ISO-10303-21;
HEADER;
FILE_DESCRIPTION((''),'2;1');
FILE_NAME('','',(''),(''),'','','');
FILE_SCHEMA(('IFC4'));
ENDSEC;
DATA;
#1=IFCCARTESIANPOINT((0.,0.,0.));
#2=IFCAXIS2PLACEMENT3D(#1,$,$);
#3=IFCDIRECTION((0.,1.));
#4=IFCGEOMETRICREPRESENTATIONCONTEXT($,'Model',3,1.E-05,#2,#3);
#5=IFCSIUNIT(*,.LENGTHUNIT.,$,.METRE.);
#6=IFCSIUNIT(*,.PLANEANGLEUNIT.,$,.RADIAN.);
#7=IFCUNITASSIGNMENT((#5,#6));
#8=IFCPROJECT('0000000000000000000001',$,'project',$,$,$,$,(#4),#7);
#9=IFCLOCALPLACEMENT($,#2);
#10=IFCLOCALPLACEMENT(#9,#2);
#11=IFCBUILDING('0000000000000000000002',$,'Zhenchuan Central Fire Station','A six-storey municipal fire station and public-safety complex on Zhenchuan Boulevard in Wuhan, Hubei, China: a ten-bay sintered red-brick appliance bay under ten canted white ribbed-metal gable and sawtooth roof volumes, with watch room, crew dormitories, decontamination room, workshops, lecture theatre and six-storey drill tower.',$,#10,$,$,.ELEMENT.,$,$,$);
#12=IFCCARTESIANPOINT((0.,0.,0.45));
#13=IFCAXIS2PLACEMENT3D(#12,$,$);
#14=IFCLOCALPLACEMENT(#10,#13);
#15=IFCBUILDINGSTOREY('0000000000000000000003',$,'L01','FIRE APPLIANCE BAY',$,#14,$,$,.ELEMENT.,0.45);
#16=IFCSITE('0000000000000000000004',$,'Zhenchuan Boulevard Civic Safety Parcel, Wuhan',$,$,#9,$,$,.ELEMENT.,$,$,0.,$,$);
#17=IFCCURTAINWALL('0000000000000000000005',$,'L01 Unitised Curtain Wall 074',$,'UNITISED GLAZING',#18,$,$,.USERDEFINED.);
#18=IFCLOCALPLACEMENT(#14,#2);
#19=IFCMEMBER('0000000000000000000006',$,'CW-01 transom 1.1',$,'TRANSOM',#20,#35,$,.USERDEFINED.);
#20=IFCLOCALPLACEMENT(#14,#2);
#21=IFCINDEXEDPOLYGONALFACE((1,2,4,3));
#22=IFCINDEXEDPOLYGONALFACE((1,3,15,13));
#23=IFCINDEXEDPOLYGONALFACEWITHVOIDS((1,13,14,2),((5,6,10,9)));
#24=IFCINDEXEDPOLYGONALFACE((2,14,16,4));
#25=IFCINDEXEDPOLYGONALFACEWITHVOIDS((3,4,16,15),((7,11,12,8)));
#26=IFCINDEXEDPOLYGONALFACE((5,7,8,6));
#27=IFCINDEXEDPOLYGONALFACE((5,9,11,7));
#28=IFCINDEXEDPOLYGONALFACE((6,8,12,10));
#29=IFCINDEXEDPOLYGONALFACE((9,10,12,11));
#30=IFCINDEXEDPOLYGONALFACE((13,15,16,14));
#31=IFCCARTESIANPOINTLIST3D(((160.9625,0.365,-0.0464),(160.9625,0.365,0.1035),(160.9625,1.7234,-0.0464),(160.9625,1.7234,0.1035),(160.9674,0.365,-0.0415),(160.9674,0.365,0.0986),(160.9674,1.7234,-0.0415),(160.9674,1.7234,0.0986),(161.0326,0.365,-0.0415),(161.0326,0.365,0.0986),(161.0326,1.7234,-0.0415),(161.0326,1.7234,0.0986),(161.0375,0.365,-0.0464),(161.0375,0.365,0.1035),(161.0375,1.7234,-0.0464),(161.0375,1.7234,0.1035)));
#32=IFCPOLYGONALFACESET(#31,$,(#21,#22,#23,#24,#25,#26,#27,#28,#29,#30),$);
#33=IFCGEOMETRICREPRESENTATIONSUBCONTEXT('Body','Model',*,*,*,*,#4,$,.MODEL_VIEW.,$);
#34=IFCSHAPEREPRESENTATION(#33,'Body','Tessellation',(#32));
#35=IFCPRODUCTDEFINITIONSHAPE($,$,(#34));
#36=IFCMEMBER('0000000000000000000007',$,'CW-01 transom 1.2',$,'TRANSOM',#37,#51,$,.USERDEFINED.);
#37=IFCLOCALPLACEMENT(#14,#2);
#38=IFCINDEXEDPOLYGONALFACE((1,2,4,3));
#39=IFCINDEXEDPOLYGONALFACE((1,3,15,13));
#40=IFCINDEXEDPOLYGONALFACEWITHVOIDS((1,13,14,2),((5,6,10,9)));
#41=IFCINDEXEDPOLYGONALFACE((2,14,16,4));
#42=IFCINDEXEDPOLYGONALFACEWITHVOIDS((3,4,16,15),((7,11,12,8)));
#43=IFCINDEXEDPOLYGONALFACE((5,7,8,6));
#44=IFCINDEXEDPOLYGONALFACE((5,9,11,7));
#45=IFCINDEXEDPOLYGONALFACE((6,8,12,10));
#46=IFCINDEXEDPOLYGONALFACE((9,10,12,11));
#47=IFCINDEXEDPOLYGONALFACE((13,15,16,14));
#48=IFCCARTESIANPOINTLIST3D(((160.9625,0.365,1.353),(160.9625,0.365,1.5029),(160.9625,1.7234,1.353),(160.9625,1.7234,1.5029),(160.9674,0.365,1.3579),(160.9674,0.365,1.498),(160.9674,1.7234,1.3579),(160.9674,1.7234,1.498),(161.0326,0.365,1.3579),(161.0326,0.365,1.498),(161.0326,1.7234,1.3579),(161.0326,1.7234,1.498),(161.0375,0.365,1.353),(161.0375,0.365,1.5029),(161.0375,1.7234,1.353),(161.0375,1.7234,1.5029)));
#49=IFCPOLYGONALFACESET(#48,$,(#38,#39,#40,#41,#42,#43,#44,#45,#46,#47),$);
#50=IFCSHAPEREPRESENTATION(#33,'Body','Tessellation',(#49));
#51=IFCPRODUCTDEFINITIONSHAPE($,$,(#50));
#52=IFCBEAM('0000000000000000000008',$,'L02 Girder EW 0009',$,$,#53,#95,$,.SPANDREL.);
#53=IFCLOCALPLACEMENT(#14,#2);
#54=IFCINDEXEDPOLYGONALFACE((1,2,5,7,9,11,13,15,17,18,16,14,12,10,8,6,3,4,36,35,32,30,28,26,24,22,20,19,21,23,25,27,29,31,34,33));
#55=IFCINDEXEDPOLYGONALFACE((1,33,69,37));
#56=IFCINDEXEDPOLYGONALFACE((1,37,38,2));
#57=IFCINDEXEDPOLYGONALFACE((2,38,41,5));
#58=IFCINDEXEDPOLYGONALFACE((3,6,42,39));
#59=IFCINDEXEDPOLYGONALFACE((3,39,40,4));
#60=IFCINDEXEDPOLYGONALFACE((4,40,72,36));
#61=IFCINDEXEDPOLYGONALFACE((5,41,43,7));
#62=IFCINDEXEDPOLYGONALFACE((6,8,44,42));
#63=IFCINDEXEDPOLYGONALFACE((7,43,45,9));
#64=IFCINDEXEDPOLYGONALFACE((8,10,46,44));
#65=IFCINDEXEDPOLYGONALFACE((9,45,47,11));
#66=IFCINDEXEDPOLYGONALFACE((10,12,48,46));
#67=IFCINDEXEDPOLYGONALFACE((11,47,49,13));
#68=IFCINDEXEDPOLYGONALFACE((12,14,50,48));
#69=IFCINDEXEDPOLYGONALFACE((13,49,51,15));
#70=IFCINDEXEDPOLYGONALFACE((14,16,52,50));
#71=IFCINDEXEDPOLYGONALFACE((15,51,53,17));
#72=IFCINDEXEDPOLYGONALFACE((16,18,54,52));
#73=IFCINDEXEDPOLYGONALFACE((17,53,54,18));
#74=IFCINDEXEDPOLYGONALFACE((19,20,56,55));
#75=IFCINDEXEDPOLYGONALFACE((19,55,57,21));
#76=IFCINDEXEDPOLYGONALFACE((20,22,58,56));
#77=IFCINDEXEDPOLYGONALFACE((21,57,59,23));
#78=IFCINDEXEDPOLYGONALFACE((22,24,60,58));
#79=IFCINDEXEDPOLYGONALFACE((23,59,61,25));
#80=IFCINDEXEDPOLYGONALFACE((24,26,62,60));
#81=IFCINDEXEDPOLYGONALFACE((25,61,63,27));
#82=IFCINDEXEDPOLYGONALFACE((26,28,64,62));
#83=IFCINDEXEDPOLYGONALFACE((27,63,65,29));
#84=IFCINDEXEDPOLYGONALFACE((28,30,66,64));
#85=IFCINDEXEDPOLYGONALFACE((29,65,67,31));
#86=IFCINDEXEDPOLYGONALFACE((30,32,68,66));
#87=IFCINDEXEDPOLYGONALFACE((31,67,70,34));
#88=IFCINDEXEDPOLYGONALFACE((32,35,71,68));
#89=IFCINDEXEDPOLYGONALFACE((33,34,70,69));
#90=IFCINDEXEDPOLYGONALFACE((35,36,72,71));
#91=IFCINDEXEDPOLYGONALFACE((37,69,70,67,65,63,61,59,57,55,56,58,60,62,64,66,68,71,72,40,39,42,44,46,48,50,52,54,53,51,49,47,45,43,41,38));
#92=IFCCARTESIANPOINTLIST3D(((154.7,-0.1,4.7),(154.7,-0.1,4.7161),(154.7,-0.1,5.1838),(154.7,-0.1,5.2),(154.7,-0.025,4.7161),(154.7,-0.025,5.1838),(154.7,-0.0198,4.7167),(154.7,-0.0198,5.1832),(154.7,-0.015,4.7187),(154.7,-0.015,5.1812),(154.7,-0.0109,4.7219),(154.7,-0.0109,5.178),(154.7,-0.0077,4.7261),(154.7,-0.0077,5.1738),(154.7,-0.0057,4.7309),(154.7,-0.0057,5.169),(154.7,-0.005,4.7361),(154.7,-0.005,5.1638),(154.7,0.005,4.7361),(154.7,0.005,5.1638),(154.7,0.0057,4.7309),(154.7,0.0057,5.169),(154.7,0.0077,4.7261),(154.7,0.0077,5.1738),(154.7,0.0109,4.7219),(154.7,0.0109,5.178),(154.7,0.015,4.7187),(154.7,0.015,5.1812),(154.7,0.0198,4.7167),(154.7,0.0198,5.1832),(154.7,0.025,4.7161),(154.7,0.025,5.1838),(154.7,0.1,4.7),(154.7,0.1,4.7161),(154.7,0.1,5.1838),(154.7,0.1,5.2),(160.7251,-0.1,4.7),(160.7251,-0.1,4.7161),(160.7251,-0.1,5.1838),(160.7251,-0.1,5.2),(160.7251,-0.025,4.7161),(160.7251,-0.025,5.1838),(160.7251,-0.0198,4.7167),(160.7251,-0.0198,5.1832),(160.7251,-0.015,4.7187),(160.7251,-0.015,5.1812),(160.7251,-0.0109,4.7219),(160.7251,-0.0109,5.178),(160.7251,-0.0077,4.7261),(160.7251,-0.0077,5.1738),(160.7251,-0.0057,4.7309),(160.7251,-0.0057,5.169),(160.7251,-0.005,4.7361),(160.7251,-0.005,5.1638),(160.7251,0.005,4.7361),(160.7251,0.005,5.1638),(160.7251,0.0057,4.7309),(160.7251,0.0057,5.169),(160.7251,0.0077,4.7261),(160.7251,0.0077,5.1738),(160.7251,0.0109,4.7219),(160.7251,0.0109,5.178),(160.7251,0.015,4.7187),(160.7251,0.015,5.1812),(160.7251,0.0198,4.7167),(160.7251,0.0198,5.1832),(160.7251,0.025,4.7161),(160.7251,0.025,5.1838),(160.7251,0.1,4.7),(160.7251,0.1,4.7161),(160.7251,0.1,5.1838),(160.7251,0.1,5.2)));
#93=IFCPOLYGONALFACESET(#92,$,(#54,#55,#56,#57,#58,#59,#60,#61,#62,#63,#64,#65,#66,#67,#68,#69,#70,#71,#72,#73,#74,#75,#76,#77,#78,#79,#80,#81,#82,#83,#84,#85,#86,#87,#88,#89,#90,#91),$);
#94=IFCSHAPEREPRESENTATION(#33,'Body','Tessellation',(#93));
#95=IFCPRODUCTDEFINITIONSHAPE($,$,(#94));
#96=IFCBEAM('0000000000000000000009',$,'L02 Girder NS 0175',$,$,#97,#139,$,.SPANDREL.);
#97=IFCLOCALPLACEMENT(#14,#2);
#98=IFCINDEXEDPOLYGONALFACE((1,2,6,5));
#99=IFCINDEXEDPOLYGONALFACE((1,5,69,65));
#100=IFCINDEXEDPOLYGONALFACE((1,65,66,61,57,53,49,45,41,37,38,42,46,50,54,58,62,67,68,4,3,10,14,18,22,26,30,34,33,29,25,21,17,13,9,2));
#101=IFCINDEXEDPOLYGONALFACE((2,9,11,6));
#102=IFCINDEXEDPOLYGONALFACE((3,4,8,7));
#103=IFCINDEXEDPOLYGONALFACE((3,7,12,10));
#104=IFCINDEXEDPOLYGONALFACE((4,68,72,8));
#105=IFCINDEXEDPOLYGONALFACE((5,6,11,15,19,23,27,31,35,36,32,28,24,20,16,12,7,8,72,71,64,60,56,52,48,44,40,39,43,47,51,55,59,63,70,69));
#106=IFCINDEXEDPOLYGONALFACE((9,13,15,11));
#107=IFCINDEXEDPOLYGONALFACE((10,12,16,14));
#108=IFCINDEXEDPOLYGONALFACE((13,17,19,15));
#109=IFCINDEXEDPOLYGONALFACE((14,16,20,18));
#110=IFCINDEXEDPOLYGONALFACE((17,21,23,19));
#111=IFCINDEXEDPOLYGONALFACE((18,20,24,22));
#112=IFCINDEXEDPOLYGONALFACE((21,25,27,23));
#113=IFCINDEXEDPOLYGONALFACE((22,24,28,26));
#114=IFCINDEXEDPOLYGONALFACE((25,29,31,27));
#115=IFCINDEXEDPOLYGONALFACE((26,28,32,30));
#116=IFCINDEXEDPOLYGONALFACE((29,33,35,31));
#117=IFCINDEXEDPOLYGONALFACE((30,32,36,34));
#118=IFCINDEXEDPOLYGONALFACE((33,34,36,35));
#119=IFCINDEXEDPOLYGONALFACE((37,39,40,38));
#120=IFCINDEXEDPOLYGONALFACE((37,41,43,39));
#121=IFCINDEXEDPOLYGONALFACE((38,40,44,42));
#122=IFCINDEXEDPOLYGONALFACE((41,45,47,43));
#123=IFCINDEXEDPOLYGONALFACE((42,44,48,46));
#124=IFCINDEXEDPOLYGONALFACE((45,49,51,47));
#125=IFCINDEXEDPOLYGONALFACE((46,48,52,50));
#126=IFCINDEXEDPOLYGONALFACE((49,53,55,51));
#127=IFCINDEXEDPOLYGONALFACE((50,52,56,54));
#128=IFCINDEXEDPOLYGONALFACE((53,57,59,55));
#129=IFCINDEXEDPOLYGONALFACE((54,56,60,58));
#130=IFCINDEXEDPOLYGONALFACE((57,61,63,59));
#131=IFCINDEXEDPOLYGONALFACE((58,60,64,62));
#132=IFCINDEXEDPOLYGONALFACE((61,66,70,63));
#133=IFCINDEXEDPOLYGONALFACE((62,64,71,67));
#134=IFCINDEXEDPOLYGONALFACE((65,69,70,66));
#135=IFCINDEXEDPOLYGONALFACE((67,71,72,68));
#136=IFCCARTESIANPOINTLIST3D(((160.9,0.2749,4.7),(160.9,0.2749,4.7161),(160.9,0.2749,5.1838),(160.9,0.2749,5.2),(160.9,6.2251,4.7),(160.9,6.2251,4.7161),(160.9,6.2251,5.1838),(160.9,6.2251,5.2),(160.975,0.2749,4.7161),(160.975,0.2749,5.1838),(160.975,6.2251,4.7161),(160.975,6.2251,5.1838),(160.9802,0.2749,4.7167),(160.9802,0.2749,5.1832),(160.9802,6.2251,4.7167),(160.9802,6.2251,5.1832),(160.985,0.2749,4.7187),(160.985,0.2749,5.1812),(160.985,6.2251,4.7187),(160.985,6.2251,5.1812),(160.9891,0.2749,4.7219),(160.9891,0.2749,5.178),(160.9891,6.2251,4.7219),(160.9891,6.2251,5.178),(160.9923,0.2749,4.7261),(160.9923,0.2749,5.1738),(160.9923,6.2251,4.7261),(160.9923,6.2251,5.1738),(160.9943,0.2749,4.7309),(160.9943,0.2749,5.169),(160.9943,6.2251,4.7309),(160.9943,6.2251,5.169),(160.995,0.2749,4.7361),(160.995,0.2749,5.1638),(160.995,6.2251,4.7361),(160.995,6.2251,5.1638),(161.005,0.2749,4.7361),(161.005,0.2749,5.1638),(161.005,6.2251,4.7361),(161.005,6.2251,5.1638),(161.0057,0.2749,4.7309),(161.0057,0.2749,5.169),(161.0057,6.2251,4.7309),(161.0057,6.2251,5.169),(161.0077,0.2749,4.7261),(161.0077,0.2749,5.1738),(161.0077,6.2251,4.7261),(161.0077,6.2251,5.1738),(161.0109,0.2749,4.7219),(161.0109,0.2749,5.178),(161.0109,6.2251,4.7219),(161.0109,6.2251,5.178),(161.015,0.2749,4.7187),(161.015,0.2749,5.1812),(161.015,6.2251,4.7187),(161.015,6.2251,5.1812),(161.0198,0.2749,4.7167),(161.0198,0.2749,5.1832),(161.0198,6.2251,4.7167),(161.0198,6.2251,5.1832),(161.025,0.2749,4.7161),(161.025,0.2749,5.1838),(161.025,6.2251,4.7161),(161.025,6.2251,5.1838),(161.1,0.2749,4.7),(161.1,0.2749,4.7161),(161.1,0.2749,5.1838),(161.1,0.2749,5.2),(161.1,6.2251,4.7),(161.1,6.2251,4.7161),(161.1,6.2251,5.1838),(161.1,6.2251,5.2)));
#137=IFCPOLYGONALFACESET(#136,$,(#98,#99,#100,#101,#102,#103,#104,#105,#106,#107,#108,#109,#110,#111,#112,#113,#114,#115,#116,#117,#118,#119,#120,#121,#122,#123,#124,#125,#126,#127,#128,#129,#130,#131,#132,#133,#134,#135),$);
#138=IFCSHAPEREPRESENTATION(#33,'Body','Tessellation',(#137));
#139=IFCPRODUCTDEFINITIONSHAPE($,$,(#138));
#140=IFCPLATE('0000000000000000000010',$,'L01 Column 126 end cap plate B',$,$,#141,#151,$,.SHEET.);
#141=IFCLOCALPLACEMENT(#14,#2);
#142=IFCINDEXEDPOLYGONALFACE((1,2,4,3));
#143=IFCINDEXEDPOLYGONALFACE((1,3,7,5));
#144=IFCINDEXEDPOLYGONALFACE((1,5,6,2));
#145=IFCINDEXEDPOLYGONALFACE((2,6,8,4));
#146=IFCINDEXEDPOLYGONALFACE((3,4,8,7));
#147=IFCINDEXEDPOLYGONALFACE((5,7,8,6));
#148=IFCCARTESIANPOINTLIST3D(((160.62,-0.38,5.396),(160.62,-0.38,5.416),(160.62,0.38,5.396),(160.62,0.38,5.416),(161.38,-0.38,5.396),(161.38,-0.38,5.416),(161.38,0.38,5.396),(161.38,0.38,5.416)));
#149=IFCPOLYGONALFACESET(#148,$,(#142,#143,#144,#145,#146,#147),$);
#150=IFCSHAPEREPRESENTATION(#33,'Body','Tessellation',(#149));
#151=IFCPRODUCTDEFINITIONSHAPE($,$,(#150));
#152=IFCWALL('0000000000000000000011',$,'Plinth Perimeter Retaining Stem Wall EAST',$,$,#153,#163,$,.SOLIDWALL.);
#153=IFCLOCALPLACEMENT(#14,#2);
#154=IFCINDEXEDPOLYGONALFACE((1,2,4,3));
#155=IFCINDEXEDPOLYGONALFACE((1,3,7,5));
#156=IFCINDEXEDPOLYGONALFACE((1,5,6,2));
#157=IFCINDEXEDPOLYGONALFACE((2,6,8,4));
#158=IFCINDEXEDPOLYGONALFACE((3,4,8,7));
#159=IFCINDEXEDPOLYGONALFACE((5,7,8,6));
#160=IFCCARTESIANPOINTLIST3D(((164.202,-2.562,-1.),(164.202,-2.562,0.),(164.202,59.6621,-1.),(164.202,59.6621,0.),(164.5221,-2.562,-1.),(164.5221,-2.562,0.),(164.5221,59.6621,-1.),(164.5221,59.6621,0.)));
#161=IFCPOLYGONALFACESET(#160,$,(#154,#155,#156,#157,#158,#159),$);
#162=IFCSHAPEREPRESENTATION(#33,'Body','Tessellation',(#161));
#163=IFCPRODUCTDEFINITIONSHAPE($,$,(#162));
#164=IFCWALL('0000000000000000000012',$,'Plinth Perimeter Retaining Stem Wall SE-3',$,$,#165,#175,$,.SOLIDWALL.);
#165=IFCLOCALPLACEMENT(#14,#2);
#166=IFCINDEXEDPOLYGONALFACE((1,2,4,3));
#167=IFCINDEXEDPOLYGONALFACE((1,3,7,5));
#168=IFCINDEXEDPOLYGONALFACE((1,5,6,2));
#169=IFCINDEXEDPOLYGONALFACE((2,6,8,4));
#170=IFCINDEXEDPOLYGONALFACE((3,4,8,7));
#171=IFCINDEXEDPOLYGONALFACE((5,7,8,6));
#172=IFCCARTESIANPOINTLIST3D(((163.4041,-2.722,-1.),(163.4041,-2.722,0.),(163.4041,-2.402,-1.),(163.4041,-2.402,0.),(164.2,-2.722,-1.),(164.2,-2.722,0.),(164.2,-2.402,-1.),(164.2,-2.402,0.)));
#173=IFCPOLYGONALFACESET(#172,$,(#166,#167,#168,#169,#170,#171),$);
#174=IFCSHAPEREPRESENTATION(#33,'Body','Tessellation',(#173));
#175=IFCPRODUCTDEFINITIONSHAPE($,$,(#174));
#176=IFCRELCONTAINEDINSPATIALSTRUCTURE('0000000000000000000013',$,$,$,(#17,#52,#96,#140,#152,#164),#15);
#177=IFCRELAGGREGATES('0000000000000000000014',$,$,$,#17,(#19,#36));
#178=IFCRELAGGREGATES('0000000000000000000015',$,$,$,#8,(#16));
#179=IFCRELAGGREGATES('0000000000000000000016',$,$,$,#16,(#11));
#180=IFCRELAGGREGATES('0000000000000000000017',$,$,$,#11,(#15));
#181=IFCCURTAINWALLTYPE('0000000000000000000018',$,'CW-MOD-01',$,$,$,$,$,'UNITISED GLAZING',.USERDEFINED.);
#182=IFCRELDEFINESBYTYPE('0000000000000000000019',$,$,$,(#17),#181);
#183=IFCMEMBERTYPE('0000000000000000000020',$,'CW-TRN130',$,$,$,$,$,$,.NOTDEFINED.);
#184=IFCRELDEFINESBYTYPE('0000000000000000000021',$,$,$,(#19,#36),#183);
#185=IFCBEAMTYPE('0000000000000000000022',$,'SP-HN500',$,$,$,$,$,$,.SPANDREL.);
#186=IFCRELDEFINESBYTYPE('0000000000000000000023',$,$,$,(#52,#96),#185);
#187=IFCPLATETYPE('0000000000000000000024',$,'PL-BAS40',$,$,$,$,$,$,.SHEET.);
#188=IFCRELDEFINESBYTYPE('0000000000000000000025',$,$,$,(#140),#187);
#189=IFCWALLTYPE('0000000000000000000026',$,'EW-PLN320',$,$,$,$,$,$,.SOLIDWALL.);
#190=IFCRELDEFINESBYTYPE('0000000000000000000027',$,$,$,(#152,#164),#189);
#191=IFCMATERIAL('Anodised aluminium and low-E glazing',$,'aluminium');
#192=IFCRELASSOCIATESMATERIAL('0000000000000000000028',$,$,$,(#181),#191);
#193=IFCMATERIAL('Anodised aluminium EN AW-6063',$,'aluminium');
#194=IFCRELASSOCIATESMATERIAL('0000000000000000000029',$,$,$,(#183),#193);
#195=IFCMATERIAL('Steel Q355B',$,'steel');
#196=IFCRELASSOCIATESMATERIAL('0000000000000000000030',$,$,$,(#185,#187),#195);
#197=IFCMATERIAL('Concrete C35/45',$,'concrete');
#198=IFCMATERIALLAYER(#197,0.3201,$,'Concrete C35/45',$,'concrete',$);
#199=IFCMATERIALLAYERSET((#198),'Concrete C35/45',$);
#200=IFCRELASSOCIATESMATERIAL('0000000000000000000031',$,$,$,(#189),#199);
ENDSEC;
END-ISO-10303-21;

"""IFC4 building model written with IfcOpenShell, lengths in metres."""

from ifc_helpers import new_model, si_unit, direction, frame, frame_2d, origin, origin_2d, place, context, subcontext, project, spatial, rectangle, hollow_rectangle, i_section, extrude, material, layer, layer_set, material_profile, profile_set, type_object, element, aggregate, save


model = new_model("IFC4")

# Units and contexts
model_context = context("Model", 3, precision=1e-05, world=origin(), true_north=direction((0.0, 1.0)))
body_context = subcontext(model_context, "Body", "Model", "MODEL_VIEW")
ifc_project = project(units=[si_unit("LENGTHUNIT", "METRE"), si_unit("PLANEANGLEUNIT", "RADIAN")], contexts=[model_context])

# Site, building, storey
site_placement = place(None, origin())
site = spatial("IfcSite", under=ifc_project, at=site_placement, Name="Zhenchuan Boulevard Civic Safety Parcel, Wuhan", CompositionType="ELEMENT", RefElevation=0.0)
building_placement = place(site_placement, origin())
building = spatial("IfcBuilding", under=site, at=building_placement, Name="Zhenchuan Central Fire Station", Description="A six-storey municipal fire station and public-safety complex on Zhenchuan Boulevard in Wuhan, Hubei, China: a ten-bay sintered red-brick appliance bay under ten canted white ribbed-metal gable and sawtooth roof volumes, with watch room, crew dormitories, decontamination room, workshops, lecture theatre and six-storey drill tower.", CompositionType="ELEMENT")
storey_placement = place(building_placement, frame((0.0, 0.0, 0.45)))
storey = spatial("IfcBuildingStorey", under=building, at=storey_placement, Name="L01", Description="FIRE APPLIANCE BAY", CompositionType="ELEMENT", Elevation=0.45)

# Shared definitions
ifc_material_1 = material(Name="Concrete C35/45", Category="concrete")

# Shared definitions
ifc_material_2 = material(Name="Steel Q355B", Category="steel")

# Curtain wall, members
ifc_material_3 = material(Name="Anodised aluminium and low-E glazing", Category="aluminium")
curtain_wall_type = type_object("IfcCurtainWallType", Name="CW-MOD-01", ElementType="UNITISED GLAZING", PredefinedType="USERDEFINED", material=ifc_material_3)
curtain_wall_placement = place(storey_placement, origin())
curtain_wall = element("IfcCurtainWall", 1, at=curtain_wall_placement, inside=storey, type_object=curtain_wall_type, Name="L01 Unitised Curtain Wall 074", ObjectType="UNITISED GLAZING", PredefinedType="USERDEFINED")
ifc_material_4 = material(Name="Anodised aluminium EN AW-6063", Category="aluminium")
ifc_material_profile_1 = material_profile(ifc_material_4, hollow_rectangle(XDim=0.075, YDim=0.1499, WallThickness=0.0049, at=origin_2d()), Name="ALU-T 150x75")
ifc_profile_set_1 = profile_set([ifc_material_profile_1], Name="Anodised aluminium EN AW-6063")
member_type_1 = type_object("IfcMemberType", Name="CW-TRN130", PredefinedType="NOTDEFINED", material=ifc_profile_set_1)
member_1_placement = place(storey_placement, frame((161.0, 0.365, 0.0286), z_axis=(0.0, 1.0, 0.0), x_axis=(-1.0, 0.0, 0.0)))
member_1 = element("IfcMember", 2, at=member_1_placement, type_object=member_type_1, Name="CW-01 transom 1.1", ObjectType="TRANSOM", PredefinedType="USERDEFINED", context=body_context, shape_type="SweptSolid", body=[
    extrude(hollow_rectangle(XDim=0.075, YDim=0.1499, WallThickness=0.0049, at=origin_2d()), origin(), (0.0, 0.0, 1.0), 1.3584),
])
member_2_placement = place(storey_placement, frame((161.0, 0.365, 1.428), z_axis=(0.0, 1.0, 0.0), x_axis=(-1.0, 0.0, 0.0)))
member_2 = element("IfcMember", 3, at=member_2_placement, type_object=member_type_1, Name="CW-01 transom 1.2", ObjectType="TRANSOM", PredefinedType="USERDEFINED", context=body_context, shape_type="SweptSolid", body=[
    extrude(hollow_rectangle(XDim=0.075, YDim=0.1499, WallThickness=0.0049, at=origin_2d()), origin(), (0.0, 0.0, 1.0), 1.3584),
])
aggregate(curtain_wall, [member_1, member_2])

# Beams
ifc_material_profile_2 = material_profile(ifc_material_2, i_section(OverallWidth=0.2, OverallDepth=0.5, WebThickness=0.01, FlangeThickness=0.0161, FilletRadius=0.02, at=origin_2d()), Name="HN 500x200")
ifc_profile_set_2 = profile_set([ifc_material_profile_2], Name="Steel Q355B")
beam_type_1 = type_object("IfcBeamType", Name="SP-HN500", PredefinedType="SPANDREL", material=ifc_profile_set_2)
beam_1_placement = place(storey_placement, frame((154.7, 0.0, 4.95), z_axis=(1.0, 0.0, 0.0), x_axis=(0.0, 1.0, 0.0)))
element("IfcBeam", 4, at=beam_1_placement, inside=storey, type_object=beam_type_1, Name="L02 Girder EW 0009", PredefinedType="SPANDREL", context=body_context, shape_type="SweptSolid", body=[
    extrude(i_section(OverallWidth=0.2, OverallDepth=0.5, WebThickness=0.01, FlangeThickness=0.0161, FilletRadius=0.02, at=origin_2d()), origin(), (0.0, 0.0, 1.0), 6.0251),
])
beam_2_placement = place(storey_placement, frame((161.0, 0.2749, 4.95), z_axis=(0.0, 1.0, 0.0), x_axis=(-1.0, 0.0, 0.0)))
element("IfcBeam", 5, at=beam_2_placement, inside=storey, type_object=beam_type_1, Name="L02 Girder NS 0175", PredefinedType="SPANDREL", context=body_context, shape_type="SweptSolid", body=[
    extrude(i_section(OverallWidth=0.2, OverallDepth=0.5, WebThickness=0.01, FlangeThickness=0.0161, FilletRadius=0.02, at=origin_2d()), origin(), (0.0, 0.0, 1.0), 5.9502),
])

# Plate
ifc_material_profile_3 = material_profile(ifc_material_2, rectangle(XDim=0.76, YDim=0.76, at=origin_2d()), Name="PL 760x760x40")
ifc_profile_set_3 = profile_set([ifc_material_profile_3], Name="Steel Q355B")
plate_type = type_object("IfcPlateType", Name="PL-BAS40", PredefinedType="SHEET", material=ifc_profile_set_3)
plate_placement = place(storey_placement, frame((161.0, 0.0, 5.396), z_axis=(0.0, 0.0, 1.0), x_axis=(1.0, 0.0, 0.0)))
element("IfcPlate", 6, at=plate_placement, inside=storey, type_object=plate_type, Name="L01 Column 126 end cap plate B", PredefinedType="SHEET", context=body_context, shape_type="SweptSolid", body=[
    extrude(rectangle(XDim=0.76, YDim=0.76, at=origin_2d()), origin(), (0.0, 0.0, 1.0), 0.02),
])

# Walls
ifc_layer_1 = layer(ifc_material_1, 0.3201, Name="Concrete C35/45", Category="concrete")
ifc_layer_set_1 = layer_set([ifc_layer_1], Name="Concrete C35/45")
wall_type_1 = type_object("IfcWallType", Name="EW-PLN320", PredefinedType="SOLIDWALL", material=ifc_layer_set_1)
wall_1_placement = place(storey_placement, frame((164.3621, -2.562, -1.0), z_axis=(0.0, 0.0, 1.0), x_axis=(0.0, 1.0, 0.0)))
element("IfcWall", 7, at=wall_1_placement, inside=storey, type_object=wall_type_1, Name="Plinth Perimeter Retaining Stem Wall EAST", PredefinedType="SOLIDWALL", context=body_context, shape_type="SweptSolid", body=[
    extrude(rectangle(XDim=62.2241, YDim=0.3201, at=frame_2d((31.1121, 0.0))), origin(), (0.0, 0.0, 1.0), 1.0),
])
wall_2_placement = place(storey_placement, frame((163.4041, -2.562, -1.0), z_axis=(0.0, 0.0, 1.0), x_axis=(1.0, 0.0, 0.0)))
element("IfcWall", 8, at=wall_2_placement, inside=storey, type_object=wall_type_1, Name="Plinth Perimeter Retaining Stem Wall SE-3", PredefinedType="SOLIDWALL", context=body_context, shape_type="SweptSolid", body=[
    extrude(rectangle(XDim=0.7959, YDim=0.3201, at=frame_2d((0.3979, 0.0))), origin(), (0.0, 0.0, 1.0), 1.0),
])

save(model, "model.ifc")
